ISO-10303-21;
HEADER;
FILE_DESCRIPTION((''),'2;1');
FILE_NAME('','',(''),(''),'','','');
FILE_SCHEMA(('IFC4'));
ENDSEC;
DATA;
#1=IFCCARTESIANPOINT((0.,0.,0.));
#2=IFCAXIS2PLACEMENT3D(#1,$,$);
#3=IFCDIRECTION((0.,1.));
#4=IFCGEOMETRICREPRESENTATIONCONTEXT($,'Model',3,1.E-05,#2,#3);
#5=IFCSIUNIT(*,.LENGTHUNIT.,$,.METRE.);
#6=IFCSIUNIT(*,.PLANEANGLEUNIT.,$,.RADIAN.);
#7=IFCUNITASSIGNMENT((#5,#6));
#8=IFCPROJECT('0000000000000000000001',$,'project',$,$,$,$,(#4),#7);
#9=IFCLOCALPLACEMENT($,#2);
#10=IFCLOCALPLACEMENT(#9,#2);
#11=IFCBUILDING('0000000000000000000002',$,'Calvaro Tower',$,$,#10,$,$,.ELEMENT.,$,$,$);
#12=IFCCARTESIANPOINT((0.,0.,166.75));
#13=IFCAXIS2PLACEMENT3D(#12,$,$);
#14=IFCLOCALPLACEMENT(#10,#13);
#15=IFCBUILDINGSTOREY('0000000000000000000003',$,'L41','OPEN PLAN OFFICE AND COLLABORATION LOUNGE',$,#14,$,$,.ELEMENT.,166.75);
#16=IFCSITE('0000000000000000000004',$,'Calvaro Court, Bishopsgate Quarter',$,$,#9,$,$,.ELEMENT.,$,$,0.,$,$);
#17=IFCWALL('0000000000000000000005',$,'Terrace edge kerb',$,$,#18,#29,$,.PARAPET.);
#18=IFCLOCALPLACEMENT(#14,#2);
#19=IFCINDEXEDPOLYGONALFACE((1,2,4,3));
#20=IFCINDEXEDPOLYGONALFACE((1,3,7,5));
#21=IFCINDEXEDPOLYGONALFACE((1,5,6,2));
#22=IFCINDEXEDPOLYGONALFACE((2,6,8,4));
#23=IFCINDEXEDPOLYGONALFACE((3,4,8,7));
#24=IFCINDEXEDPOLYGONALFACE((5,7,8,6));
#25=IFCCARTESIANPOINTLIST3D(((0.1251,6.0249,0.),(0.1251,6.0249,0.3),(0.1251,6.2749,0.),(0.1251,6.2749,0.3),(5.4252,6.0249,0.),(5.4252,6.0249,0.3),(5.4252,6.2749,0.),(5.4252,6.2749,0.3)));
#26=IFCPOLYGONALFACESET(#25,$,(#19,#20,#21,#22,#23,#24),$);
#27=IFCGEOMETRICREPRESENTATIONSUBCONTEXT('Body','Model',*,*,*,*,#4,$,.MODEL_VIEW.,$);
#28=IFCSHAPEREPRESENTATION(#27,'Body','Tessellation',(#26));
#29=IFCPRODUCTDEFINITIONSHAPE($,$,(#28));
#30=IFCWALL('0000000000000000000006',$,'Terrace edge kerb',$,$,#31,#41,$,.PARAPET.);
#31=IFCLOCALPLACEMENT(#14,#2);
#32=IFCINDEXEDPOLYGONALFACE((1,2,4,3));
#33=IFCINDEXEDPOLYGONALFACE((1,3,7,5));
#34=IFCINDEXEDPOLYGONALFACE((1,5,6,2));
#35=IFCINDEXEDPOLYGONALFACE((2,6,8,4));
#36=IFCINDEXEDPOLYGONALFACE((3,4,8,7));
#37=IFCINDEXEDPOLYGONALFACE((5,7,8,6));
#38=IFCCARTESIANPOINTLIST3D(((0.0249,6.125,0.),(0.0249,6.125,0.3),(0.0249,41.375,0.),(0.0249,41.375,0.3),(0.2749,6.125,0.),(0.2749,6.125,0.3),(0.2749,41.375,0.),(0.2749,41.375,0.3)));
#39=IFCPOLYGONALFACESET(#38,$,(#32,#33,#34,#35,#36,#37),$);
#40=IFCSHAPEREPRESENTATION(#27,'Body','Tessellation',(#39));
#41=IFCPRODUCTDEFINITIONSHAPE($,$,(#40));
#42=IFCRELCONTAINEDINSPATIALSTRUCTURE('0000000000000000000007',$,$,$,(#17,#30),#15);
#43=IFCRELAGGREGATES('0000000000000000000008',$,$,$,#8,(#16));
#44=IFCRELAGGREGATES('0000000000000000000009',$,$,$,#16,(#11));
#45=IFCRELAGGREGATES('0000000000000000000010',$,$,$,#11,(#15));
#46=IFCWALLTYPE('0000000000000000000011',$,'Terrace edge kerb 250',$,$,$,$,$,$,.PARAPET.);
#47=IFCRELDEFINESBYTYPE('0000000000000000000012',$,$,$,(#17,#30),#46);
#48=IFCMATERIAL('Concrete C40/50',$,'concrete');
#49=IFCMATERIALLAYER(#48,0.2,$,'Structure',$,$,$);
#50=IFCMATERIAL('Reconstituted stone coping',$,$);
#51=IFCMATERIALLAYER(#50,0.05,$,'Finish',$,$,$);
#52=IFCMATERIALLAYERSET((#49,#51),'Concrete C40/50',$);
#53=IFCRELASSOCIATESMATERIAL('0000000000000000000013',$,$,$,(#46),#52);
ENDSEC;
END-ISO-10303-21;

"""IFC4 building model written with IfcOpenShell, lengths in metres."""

from ifc_helpers import new_model, si_unit, direction, frame, frame_2d, origin, place, context, subcontext, project, spatial, rectangle, extrude, material, layer, layer_set, type_object, element, save


model = new_model("IFC4")

# Units and contexts
model_context = context("Model", 3, precision=1e-05, world=origin(), true_north=direction((0.0, 1.0)))
body_context = subcontext(model_context, "Body", "Model", "MODEL_VIEW")
ifc_project = project(units=[si_unit("LENGTHUNIT", "METRE"), si_unit("PLANEANGLEUNIT", "RADIAN")], contexts=[model_context])

# Site, building, storey
site_placement = place(None, origin())
site = spatial("IfcSite", under=ifc_project, at=site_placement, Name="Calvaro Court, Bishopsgate Quarter", CompositionType="ELEMENT", RefElevation=0.0)
building_placement = place(site_placement, origin())
building = spatial("IfcBuilding", under=site, at=building_placement, Name="Calvaro Tower", CompositionType="ELEMENT")
storey_placement = place(building_placement, frame((0.0, 0.0, 166.75)))
storey = spatial("IfcBuildingStorey", under=building, at=storey_placement, Name="L41", Description="OPEN PLAN OFFICE AND COLLABORATION LOUNGE", CompositionType="ELEMENT", Elevation=166.75)

# Walls
ifc_material_1 = material(Name="Concrete C40/50", Category="concrete")
ifc_layer_1 = layer(ifc_material_1, 0.2, Name="Structure")
ifc_material_2 = material(Name="Reconstituted stone coping")
ifc_layer_2 = layer(ifc_material_2, 0.05, Name="Finish")
ifc_layer_set_1 = layer_set([ifc_layer_1, ifc_layer_2], Name="Concrete C40/50")
wall_type_1 = type_object("IfcWallType", Name="Terrace edge kerb 250", PredefinedType="PARAPET", material=ifc_layer_set_1)
wall_1_placement = place(storey_placement, frame((5.425, 6.1499, 0.0), z_axis=(0.0, 0.0, 1.0), x_axis=(-1.0, 0.0, 0.0)))
element("IfcWall", 1, at=wall_1_placement, inside=storey, type_object=wall_type_1, Name="Terrace edge kerb", PredefinedType="PARAPET", context=body_context, shape_type="SweptSolid", body=[
    extrude(rectangle(XDim=5.3, YDim=0.25, at=frame_2d((2.6499, 0.0))), origin(), (0.0, 0.0, 1.0), 0.3),
])
wall_2_placement = place(storey_placement, frame((0.1499, 6.125, 0.0), z_axis=(0.0, 0.0, 1.0), x_axis=(0.0, 1.0, 0.0)))
element("IfcWall", 2, at=wall_2_placement, inside=storey, type_object=wall_type_1, Name="Terrace edge kerb", PredefinedType="PARAPET", context=body_context, shape_type="SweptSolid", body=[
    extrude(rectangle(XDim=35.25, YDim=0.25, at=frame_2d((17.625, 0.0))), origin(), (0.0, 0.0, 1.0), 0.3),
])

save(model, "model.ifc")
